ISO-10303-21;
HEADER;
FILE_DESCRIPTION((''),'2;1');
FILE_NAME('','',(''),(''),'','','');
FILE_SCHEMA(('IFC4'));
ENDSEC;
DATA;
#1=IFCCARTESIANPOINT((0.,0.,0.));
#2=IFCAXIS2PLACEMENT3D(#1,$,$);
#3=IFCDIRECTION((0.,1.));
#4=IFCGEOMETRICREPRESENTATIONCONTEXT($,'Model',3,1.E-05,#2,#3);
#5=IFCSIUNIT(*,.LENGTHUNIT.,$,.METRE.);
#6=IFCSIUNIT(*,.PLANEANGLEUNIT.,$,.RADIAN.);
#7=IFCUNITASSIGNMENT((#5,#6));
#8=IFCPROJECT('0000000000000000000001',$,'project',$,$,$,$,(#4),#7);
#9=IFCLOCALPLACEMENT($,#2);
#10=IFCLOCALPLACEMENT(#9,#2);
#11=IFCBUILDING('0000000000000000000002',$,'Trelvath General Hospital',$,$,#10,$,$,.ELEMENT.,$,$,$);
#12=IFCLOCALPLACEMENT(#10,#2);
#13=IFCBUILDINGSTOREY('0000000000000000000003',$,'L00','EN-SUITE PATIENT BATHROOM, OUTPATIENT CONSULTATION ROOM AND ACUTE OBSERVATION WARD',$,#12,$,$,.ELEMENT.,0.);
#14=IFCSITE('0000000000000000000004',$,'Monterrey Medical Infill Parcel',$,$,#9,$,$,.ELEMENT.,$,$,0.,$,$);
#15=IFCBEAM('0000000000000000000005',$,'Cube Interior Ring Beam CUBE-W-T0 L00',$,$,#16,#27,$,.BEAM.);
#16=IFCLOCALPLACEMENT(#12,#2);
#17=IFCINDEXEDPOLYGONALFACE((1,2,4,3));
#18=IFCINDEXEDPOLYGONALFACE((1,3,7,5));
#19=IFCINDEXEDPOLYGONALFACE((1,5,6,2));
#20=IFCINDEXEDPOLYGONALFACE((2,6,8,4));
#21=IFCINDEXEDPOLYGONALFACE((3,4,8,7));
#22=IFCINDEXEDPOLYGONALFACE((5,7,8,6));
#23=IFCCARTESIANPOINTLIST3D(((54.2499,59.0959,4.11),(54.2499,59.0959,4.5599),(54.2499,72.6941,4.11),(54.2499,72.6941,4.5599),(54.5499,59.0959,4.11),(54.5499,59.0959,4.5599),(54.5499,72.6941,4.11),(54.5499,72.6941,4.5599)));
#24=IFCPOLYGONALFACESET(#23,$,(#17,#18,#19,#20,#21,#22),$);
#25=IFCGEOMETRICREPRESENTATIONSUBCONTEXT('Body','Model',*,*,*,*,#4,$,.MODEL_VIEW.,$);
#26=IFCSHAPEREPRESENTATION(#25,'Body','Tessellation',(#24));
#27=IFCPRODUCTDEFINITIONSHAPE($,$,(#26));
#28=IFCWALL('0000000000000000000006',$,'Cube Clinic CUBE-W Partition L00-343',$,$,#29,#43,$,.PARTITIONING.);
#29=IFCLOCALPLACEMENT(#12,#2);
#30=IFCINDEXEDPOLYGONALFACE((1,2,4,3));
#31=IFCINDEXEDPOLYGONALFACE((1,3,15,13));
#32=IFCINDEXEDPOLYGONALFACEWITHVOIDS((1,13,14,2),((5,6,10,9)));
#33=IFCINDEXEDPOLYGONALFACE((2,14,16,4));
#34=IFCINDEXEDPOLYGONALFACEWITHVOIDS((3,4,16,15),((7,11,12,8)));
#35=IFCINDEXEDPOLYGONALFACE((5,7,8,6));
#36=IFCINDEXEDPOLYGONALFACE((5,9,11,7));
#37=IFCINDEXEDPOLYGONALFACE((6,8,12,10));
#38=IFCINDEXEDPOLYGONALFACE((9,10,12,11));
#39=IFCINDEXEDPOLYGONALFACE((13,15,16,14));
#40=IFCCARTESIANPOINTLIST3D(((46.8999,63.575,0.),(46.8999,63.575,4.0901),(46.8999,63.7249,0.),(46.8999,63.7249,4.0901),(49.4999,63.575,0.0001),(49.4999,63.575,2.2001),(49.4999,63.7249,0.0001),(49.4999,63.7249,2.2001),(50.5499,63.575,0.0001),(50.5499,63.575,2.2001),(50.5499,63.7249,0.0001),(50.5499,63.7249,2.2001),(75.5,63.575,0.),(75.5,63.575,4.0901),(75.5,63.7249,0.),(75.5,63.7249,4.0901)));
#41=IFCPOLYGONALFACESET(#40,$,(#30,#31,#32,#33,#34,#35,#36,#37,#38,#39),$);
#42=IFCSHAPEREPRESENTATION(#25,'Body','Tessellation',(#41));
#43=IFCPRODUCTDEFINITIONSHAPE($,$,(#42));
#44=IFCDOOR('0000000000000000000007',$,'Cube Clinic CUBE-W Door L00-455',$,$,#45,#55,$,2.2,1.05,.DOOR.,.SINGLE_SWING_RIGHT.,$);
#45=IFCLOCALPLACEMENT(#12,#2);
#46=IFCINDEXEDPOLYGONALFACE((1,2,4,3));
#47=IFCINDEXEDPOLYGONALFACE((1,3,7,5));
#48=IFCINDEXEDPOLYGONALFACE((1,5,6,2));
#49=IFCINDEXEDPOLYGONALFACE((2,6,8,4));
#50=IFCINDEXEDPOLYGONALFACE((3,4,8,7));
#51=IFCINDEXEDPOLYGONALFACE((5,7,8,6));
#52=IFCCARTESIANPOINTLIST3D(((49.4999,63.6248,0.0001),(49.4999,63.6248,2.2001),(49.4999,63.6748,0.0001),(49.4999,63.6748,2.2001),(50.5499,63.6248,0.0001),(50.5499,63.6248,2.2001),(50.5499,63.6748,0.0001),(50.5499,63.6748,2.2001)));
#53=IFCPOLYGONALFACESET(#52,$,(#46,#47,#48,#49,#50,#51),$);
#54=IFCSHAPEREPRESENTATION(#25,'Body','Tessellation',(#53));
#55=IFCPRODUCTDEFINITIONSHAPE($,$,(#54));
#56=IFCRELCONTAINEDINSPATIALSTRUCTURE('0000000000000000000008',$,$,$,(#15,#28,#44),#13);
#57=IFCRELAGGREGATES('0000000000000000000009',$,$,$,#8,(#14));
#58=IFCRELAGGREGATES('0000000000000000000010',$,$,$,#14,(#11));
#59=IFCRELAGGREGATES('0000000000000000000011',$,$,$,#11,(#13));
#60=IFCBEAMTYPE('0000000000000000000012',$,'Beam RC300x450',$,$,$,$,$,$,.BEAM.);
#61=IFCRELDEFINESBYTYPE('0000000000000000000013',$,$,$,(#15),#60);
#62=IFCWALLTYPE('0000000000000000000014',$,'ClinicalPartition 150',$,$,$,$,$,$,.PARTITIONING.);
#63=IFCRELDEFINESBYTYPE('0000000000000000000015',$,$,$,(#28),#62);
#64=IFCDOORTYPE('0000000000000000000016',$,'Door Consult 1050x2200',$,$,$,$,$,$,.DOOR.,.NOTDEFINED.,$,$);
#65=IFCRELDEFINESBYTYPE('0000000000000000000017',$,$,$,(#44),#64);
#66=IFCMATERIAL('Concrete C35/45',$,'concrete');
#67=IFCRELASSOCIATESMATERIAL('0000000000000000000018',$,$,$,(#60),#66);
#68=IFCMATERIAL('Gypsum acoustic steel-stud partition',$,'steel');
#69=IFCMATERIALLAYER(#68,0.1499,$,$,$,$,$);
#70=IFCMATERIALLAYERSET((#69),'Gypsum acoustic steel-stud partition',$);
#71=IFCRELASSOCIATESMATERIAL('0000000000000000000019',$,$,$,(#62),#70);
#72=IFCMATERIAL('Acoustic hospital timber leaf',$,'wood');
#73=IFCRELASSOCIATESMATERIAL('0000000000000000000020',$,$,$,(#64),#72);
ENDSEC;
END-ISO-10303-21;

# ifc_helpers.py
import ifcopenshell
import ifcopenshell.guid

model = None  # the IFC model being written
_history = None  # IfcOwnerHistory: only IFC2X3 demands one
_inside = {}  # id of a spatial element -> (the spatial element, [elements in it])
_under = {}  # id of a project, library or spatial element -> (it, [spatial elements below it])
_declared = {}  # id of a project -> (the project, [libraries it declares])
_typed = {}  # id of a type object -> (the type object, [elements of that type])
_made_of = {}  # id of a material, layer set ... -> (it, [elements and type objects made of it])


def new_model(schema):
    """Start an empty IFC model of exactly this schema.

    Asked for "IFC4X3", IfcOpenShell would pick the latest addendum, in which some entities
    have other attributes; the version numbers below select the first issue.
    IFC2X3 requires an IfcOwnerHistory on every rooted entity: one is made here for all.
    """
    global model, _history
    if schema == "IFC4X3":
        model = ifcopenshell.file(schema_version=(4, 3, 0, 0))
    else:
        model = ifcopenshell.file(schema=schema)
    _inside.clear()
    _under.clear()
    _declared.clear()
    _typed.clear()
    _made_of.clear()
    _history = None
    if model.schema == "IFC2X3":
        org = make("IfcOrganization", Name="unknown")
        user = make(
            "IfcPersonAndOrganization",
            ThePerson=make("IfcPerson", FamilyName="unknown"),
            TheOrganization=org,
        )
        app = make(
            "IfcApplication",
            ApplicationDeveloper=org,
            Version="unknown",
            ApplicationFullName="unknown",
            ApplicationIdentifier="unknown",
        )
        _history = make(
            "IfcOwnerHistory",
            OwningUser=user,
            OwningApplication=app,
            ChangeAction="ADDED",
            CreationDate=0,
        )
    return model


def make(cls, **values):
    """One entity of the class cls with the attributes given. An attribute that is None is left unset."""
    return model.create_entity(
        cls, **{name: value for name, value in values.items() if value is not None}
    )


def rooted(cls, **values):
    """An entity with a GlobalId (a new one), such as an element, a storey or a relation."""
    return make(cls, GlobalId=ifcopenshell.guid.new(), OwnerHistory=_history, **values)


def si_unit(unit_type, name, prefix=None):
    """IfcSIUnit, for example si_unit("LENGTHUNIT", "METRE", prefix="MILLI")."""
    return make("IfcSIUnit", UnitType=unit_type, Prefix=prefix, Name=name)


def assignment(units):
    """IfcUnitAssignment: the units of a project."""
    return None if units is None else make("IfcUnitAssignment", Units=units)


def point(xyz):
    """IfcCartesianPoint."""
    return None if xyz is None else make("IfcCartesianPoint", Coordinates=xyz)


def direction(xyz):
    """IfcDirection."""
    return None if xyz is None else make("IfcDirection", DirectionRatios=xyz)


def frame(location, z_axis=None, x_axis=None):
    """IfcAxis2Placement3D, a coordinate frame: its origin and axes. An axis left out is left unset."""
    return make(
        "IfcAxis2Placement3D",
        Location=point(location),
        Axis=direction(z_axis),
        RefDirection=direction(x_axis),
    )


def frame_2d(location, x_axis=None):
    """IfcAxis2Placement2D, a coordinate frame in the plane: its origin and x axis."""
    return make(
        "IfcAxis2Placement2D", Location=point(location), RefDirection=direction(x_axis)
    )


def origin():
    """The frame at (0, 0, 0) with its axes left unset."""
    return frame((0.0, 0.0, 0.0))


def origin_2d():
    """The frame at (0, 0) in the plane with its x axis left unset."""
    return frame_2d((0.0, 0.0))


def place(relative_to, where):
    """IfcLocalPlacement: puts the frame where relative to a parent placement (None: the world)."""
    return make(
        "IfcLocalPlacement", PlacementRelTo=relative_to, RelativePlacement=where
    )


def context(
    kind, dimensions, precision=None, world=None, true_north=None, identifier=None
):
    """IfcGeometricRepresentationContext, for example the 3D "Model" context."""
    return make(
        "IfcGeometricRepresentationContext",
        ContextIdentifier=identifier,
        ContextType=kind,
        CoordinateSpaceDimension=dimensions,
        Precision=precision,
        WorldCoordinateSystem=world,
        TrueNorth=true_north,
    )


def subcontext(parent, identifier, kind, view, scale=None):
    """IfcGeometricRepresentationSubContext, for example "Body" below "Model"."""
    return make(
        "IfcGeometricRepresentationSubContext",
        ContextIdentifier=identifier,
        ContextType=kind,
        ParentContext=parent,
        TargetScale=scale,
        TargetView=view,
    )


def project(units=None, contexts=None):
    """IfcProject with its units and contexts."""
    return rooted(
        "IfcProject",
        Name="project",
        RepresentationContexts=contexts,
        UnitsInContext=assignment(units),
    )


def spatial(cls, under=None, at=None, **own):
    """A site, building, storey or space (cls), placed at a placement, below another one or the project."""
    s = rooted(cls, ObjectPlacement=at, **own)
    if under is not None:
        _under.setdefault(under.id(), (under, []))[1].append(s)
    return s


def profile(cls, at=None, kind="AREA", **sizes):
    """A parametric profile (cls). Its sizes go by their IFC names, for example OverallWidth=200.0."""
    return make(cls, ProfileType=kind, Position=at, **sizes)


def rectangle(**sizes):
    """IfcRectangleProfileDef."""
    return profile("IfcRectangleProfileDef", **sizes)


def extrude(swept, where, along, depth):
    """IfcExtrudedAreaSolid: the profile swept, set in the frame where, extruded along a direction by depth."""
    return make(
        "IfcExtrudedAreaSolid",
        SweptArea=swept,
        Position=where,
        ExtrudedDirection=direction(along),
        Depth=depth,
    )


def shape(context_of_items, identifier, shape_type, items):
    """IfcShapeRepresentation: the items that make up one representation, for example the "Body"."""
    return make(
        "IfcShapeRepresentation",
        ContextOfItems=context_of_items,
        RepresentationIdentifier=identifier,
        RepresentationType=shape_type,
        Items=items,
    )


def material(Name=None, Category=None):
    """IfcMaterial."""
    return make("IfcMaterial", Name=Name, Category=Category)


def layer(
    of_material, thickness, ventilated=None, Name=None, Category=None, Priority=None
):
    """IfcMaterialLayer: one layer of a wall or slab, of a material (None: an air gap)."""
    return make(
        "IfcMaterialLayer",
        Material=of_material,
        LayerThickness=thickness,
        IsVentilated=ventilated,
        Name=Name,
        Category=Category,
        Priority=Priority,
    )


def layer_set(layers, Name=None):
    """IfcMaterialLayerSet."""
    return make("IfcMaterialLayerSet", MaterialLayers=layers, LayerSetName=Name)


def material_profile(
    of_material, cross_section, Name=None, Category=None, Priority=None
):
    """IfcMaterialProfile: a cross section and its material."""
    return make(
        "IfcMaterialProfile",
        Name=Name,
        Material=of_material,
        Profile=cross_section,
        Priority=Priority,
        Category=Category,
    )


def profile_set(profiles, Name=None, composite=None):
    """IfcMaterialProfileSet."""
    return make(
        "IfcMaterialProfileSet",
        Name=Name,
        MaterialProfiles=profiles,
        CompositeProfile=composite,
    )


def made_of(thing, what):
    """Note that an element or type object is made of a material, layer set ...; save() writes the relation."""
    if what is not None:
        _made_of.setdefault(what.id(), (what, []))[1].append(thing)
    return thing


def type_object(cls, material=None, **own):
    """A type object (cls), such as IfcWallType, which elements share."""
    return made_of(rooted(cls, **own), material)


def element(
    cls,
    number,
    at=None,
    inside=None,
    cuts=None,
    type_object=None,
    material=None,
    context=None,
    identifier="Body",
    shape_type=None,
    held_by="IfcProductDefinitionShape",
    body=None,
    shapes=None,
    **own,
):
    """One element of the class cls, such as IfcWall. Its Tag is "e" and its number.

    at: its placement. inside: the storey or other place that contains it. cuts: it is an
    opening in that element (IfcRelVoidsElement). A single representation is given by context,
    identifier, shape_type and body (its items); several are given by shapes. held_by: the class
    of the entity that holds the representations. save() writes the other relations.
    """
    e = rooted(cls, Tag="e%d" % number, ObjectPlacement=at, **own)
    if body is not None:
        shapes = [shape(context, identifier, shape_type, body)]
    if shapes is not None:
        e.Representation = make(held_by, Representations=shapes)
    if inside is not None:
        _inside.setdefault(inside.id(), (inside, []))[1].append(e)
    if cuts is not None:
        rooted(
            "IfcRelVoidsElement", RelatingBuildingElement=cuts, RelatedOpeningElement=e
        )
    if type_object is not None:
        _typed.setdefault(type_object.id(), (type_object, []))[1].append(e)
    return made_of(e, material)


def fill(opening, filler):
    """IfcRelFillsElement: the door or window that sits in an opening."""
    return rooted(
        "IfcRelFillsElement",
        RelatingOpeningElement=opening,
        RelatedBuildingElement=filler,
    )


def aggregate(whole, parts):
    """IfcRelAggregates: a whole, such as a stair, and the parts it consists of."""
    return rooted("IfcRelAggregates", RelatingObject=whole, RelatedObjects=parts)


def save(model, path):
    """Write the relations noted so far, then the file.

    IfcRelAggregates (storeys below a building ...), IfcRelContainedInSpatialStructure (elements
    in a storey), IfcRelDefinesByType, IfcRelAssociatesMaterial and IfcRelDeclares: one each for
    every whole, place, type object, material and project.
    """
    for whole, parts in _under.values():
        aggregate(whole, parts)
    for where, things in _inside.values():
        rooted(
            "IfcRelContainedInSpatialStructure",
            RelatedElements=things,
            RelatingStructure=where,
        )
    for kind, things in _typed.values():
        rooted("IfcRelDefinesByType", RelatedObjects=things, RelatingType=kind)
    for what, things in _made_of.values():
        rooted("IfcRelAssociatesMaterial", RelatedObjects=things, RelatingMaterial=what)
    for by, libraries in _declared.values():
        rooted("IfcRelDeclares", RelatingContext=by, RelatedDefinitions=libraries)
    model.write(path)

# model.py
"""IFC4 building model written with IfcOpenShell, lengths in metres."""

from ifc_helpers import new_model, si_unit, direction, frame, frame_2d, origin, origin_2d, place, context, subcontext, project, spatial, rectangle, extrude, material, layer, layer_set, material_profile, profile_set, type_object, element, fill, save


model = new_model("IFC4")

# Units and contexts
model_context = context("Model", 3, precision=1e-05, world=origin(), true_north=direction((0.0, 1.0)))
body_context = subcontext(model_context, "Body", "Model", "MODEL_VIEW")
ifc_project = project(units=[si_unit("LENGTHUNIT", "METRE"), si_unit("PLANEANGLEUNIT", "RADIAN")], contexts=[model_context])

# Site, building, storey
site_placement = place(None, origin())
site = spatial("IfcSite", under=ifc_project, at=site_placement, Name="Monterrey Medical Infill Parcel", CompositionType="ELEMENT", RefElevation=0.0)
building_placement = place(site_placement, origin())
building = spatial("IfcBuilding", under=site, at=building_placement, Name="Trelvath General Hospital", CompositionType="ELEMENT")
storey_placement = place(building_placement, origin())
storey = spatial("IfcBuildingStorey", under=building, at=storey_placement, Name="L00", Description="EN-SUITE PATIENT BATHROOM, OUTPATIENT CONSULTATION ROOM AND ACUTE OBSERVATION WARD", CompositionType="ELEMENT", Elevation=0.0)

# Beam
ifc_material_1 = material(Name="Concrete C35/45", Category="concrete")
ifc_material_profile_1 = material_profile(ifc_material_1, rectangle(XDim=0.3, YDim=0.45, at=origin_2d()), Name="RCB300x450")
ifc_profile_set_1 = profile_set([ifc_material_profile_1], Name="Concrete C35/45")
beam_type = type_object("IfcBeamType", Name="Beam RC300x450", PredefinedType="BEAM", material=ifc_profile_set_1)
beam_1_placement = place(storey_placement, frame((54.3999, 59.0959, 4.335), z_axis=(0.0, 1.0, 0.0), x_axis=(-1.0, 0.0, 0.0)))
element("IfcBeam", 1, at=beam_1_placement, inside=storey, type_object=beam_type, Name="Cube Interior Ring Beam CUBE-W-T0 L00", PredefinedType="BEAM", context=body_context, shape_type="SweptSolid", body=[
    extrude(rectangle(XDim=0.3, YDim=0.45, at=origin_2d()), origin(), (0.0, 0.0, 1.0), 13.5981),
])

# Wall, opening, door
ifc_material_2 = material(Name="Gypsum acoustic steel-stud partition", Category="steel")
ifc_layer_1 = layer(ifc_material_2, 0.1499)
ifc_layer_set_1 = layer_set([ifc_layer_1], Name="Gypsum acoustic steel-stud partition")
wall_type = type_object("IfcWallType", Name="ClinicalPartition 150", PredefinedType="PARTITIONING", material=ifc_layer_set_1)
wall_placement = place(storey_placement, frame((46.8999, 63.6499, 0.0), z_axis=(0.0, 0.0, 1.0), x_axis=(1.0, 0.0, 0.0)))
wall = element("IfcWall", 2, at=wall_placement, inside=storey, type_object=wall_type, Name="Cube Clinic CUBE-W Partition L00-343", PredefinedType="PARTITIONING", context=body_context, shape_type="SweptSolid", body=[
    extrude(rectangle(XDim=28.6001, YDim=0.1499, at=frame_2d((14.3, 0.0))), origin(), (0.0, 0.0, 1.0), 4.0901),
])
opening_placement = place(wall_placement, frame((2.6001, 0.0, 0.0)))
opening = element("IfcOpeningElement", 3, at=opening_placement, cuts=wall, PredefinedType="OPENING", context=body_context, shape_type="SweptSolid", body=[
    extrude(rectangle(XDim=1.05, YDim=2.2, at=frame_2d((0.5249, 1.1001))), frame((0.0, 0.085, 0.0), z_axis=(0.0, -1.0, 0.0), x_axis=(1.0, 0.0, 0.0)), (0.0, 0.0, 1.0), 0.1699),
])
ifc_material_3 = material(Name="Acoustic hospital timber leaf", Category="wood")
door_type = type_object("IfcDoorType", Name="Door Consult 1050x2200", OperationType="NOTDEFINED", PredefinedType="DOOR", material=ifc_material_3)
door_placement = place(opening_placement, origin())
door = element("IfcDoor", 4, at=door_placement, inside=storey, type_object=door_type, Name="Cube Clinic CUBE-W Door L00-455", OperationType="SINGLE_SWING_RIGHT", OverallHeight=2.2, OverallWidth=1.05, PredefinedType="DOOR", context=body_context, shape_type="SweptSolid", body=[
    extrude(rectangle(XDim=1.05, YDim=2.2, at=frame_2d((0.5249, 1.1001))), frame((0.0, 0.0249, 0.0), z_axis=(0.0, -1.0, 0.0), x_axis=(1.0, 0.0, 0.0)), (0.0, 0.0, 1.0), 0.05),
])
fill(opening, door)

save(model, "model.ifc")
